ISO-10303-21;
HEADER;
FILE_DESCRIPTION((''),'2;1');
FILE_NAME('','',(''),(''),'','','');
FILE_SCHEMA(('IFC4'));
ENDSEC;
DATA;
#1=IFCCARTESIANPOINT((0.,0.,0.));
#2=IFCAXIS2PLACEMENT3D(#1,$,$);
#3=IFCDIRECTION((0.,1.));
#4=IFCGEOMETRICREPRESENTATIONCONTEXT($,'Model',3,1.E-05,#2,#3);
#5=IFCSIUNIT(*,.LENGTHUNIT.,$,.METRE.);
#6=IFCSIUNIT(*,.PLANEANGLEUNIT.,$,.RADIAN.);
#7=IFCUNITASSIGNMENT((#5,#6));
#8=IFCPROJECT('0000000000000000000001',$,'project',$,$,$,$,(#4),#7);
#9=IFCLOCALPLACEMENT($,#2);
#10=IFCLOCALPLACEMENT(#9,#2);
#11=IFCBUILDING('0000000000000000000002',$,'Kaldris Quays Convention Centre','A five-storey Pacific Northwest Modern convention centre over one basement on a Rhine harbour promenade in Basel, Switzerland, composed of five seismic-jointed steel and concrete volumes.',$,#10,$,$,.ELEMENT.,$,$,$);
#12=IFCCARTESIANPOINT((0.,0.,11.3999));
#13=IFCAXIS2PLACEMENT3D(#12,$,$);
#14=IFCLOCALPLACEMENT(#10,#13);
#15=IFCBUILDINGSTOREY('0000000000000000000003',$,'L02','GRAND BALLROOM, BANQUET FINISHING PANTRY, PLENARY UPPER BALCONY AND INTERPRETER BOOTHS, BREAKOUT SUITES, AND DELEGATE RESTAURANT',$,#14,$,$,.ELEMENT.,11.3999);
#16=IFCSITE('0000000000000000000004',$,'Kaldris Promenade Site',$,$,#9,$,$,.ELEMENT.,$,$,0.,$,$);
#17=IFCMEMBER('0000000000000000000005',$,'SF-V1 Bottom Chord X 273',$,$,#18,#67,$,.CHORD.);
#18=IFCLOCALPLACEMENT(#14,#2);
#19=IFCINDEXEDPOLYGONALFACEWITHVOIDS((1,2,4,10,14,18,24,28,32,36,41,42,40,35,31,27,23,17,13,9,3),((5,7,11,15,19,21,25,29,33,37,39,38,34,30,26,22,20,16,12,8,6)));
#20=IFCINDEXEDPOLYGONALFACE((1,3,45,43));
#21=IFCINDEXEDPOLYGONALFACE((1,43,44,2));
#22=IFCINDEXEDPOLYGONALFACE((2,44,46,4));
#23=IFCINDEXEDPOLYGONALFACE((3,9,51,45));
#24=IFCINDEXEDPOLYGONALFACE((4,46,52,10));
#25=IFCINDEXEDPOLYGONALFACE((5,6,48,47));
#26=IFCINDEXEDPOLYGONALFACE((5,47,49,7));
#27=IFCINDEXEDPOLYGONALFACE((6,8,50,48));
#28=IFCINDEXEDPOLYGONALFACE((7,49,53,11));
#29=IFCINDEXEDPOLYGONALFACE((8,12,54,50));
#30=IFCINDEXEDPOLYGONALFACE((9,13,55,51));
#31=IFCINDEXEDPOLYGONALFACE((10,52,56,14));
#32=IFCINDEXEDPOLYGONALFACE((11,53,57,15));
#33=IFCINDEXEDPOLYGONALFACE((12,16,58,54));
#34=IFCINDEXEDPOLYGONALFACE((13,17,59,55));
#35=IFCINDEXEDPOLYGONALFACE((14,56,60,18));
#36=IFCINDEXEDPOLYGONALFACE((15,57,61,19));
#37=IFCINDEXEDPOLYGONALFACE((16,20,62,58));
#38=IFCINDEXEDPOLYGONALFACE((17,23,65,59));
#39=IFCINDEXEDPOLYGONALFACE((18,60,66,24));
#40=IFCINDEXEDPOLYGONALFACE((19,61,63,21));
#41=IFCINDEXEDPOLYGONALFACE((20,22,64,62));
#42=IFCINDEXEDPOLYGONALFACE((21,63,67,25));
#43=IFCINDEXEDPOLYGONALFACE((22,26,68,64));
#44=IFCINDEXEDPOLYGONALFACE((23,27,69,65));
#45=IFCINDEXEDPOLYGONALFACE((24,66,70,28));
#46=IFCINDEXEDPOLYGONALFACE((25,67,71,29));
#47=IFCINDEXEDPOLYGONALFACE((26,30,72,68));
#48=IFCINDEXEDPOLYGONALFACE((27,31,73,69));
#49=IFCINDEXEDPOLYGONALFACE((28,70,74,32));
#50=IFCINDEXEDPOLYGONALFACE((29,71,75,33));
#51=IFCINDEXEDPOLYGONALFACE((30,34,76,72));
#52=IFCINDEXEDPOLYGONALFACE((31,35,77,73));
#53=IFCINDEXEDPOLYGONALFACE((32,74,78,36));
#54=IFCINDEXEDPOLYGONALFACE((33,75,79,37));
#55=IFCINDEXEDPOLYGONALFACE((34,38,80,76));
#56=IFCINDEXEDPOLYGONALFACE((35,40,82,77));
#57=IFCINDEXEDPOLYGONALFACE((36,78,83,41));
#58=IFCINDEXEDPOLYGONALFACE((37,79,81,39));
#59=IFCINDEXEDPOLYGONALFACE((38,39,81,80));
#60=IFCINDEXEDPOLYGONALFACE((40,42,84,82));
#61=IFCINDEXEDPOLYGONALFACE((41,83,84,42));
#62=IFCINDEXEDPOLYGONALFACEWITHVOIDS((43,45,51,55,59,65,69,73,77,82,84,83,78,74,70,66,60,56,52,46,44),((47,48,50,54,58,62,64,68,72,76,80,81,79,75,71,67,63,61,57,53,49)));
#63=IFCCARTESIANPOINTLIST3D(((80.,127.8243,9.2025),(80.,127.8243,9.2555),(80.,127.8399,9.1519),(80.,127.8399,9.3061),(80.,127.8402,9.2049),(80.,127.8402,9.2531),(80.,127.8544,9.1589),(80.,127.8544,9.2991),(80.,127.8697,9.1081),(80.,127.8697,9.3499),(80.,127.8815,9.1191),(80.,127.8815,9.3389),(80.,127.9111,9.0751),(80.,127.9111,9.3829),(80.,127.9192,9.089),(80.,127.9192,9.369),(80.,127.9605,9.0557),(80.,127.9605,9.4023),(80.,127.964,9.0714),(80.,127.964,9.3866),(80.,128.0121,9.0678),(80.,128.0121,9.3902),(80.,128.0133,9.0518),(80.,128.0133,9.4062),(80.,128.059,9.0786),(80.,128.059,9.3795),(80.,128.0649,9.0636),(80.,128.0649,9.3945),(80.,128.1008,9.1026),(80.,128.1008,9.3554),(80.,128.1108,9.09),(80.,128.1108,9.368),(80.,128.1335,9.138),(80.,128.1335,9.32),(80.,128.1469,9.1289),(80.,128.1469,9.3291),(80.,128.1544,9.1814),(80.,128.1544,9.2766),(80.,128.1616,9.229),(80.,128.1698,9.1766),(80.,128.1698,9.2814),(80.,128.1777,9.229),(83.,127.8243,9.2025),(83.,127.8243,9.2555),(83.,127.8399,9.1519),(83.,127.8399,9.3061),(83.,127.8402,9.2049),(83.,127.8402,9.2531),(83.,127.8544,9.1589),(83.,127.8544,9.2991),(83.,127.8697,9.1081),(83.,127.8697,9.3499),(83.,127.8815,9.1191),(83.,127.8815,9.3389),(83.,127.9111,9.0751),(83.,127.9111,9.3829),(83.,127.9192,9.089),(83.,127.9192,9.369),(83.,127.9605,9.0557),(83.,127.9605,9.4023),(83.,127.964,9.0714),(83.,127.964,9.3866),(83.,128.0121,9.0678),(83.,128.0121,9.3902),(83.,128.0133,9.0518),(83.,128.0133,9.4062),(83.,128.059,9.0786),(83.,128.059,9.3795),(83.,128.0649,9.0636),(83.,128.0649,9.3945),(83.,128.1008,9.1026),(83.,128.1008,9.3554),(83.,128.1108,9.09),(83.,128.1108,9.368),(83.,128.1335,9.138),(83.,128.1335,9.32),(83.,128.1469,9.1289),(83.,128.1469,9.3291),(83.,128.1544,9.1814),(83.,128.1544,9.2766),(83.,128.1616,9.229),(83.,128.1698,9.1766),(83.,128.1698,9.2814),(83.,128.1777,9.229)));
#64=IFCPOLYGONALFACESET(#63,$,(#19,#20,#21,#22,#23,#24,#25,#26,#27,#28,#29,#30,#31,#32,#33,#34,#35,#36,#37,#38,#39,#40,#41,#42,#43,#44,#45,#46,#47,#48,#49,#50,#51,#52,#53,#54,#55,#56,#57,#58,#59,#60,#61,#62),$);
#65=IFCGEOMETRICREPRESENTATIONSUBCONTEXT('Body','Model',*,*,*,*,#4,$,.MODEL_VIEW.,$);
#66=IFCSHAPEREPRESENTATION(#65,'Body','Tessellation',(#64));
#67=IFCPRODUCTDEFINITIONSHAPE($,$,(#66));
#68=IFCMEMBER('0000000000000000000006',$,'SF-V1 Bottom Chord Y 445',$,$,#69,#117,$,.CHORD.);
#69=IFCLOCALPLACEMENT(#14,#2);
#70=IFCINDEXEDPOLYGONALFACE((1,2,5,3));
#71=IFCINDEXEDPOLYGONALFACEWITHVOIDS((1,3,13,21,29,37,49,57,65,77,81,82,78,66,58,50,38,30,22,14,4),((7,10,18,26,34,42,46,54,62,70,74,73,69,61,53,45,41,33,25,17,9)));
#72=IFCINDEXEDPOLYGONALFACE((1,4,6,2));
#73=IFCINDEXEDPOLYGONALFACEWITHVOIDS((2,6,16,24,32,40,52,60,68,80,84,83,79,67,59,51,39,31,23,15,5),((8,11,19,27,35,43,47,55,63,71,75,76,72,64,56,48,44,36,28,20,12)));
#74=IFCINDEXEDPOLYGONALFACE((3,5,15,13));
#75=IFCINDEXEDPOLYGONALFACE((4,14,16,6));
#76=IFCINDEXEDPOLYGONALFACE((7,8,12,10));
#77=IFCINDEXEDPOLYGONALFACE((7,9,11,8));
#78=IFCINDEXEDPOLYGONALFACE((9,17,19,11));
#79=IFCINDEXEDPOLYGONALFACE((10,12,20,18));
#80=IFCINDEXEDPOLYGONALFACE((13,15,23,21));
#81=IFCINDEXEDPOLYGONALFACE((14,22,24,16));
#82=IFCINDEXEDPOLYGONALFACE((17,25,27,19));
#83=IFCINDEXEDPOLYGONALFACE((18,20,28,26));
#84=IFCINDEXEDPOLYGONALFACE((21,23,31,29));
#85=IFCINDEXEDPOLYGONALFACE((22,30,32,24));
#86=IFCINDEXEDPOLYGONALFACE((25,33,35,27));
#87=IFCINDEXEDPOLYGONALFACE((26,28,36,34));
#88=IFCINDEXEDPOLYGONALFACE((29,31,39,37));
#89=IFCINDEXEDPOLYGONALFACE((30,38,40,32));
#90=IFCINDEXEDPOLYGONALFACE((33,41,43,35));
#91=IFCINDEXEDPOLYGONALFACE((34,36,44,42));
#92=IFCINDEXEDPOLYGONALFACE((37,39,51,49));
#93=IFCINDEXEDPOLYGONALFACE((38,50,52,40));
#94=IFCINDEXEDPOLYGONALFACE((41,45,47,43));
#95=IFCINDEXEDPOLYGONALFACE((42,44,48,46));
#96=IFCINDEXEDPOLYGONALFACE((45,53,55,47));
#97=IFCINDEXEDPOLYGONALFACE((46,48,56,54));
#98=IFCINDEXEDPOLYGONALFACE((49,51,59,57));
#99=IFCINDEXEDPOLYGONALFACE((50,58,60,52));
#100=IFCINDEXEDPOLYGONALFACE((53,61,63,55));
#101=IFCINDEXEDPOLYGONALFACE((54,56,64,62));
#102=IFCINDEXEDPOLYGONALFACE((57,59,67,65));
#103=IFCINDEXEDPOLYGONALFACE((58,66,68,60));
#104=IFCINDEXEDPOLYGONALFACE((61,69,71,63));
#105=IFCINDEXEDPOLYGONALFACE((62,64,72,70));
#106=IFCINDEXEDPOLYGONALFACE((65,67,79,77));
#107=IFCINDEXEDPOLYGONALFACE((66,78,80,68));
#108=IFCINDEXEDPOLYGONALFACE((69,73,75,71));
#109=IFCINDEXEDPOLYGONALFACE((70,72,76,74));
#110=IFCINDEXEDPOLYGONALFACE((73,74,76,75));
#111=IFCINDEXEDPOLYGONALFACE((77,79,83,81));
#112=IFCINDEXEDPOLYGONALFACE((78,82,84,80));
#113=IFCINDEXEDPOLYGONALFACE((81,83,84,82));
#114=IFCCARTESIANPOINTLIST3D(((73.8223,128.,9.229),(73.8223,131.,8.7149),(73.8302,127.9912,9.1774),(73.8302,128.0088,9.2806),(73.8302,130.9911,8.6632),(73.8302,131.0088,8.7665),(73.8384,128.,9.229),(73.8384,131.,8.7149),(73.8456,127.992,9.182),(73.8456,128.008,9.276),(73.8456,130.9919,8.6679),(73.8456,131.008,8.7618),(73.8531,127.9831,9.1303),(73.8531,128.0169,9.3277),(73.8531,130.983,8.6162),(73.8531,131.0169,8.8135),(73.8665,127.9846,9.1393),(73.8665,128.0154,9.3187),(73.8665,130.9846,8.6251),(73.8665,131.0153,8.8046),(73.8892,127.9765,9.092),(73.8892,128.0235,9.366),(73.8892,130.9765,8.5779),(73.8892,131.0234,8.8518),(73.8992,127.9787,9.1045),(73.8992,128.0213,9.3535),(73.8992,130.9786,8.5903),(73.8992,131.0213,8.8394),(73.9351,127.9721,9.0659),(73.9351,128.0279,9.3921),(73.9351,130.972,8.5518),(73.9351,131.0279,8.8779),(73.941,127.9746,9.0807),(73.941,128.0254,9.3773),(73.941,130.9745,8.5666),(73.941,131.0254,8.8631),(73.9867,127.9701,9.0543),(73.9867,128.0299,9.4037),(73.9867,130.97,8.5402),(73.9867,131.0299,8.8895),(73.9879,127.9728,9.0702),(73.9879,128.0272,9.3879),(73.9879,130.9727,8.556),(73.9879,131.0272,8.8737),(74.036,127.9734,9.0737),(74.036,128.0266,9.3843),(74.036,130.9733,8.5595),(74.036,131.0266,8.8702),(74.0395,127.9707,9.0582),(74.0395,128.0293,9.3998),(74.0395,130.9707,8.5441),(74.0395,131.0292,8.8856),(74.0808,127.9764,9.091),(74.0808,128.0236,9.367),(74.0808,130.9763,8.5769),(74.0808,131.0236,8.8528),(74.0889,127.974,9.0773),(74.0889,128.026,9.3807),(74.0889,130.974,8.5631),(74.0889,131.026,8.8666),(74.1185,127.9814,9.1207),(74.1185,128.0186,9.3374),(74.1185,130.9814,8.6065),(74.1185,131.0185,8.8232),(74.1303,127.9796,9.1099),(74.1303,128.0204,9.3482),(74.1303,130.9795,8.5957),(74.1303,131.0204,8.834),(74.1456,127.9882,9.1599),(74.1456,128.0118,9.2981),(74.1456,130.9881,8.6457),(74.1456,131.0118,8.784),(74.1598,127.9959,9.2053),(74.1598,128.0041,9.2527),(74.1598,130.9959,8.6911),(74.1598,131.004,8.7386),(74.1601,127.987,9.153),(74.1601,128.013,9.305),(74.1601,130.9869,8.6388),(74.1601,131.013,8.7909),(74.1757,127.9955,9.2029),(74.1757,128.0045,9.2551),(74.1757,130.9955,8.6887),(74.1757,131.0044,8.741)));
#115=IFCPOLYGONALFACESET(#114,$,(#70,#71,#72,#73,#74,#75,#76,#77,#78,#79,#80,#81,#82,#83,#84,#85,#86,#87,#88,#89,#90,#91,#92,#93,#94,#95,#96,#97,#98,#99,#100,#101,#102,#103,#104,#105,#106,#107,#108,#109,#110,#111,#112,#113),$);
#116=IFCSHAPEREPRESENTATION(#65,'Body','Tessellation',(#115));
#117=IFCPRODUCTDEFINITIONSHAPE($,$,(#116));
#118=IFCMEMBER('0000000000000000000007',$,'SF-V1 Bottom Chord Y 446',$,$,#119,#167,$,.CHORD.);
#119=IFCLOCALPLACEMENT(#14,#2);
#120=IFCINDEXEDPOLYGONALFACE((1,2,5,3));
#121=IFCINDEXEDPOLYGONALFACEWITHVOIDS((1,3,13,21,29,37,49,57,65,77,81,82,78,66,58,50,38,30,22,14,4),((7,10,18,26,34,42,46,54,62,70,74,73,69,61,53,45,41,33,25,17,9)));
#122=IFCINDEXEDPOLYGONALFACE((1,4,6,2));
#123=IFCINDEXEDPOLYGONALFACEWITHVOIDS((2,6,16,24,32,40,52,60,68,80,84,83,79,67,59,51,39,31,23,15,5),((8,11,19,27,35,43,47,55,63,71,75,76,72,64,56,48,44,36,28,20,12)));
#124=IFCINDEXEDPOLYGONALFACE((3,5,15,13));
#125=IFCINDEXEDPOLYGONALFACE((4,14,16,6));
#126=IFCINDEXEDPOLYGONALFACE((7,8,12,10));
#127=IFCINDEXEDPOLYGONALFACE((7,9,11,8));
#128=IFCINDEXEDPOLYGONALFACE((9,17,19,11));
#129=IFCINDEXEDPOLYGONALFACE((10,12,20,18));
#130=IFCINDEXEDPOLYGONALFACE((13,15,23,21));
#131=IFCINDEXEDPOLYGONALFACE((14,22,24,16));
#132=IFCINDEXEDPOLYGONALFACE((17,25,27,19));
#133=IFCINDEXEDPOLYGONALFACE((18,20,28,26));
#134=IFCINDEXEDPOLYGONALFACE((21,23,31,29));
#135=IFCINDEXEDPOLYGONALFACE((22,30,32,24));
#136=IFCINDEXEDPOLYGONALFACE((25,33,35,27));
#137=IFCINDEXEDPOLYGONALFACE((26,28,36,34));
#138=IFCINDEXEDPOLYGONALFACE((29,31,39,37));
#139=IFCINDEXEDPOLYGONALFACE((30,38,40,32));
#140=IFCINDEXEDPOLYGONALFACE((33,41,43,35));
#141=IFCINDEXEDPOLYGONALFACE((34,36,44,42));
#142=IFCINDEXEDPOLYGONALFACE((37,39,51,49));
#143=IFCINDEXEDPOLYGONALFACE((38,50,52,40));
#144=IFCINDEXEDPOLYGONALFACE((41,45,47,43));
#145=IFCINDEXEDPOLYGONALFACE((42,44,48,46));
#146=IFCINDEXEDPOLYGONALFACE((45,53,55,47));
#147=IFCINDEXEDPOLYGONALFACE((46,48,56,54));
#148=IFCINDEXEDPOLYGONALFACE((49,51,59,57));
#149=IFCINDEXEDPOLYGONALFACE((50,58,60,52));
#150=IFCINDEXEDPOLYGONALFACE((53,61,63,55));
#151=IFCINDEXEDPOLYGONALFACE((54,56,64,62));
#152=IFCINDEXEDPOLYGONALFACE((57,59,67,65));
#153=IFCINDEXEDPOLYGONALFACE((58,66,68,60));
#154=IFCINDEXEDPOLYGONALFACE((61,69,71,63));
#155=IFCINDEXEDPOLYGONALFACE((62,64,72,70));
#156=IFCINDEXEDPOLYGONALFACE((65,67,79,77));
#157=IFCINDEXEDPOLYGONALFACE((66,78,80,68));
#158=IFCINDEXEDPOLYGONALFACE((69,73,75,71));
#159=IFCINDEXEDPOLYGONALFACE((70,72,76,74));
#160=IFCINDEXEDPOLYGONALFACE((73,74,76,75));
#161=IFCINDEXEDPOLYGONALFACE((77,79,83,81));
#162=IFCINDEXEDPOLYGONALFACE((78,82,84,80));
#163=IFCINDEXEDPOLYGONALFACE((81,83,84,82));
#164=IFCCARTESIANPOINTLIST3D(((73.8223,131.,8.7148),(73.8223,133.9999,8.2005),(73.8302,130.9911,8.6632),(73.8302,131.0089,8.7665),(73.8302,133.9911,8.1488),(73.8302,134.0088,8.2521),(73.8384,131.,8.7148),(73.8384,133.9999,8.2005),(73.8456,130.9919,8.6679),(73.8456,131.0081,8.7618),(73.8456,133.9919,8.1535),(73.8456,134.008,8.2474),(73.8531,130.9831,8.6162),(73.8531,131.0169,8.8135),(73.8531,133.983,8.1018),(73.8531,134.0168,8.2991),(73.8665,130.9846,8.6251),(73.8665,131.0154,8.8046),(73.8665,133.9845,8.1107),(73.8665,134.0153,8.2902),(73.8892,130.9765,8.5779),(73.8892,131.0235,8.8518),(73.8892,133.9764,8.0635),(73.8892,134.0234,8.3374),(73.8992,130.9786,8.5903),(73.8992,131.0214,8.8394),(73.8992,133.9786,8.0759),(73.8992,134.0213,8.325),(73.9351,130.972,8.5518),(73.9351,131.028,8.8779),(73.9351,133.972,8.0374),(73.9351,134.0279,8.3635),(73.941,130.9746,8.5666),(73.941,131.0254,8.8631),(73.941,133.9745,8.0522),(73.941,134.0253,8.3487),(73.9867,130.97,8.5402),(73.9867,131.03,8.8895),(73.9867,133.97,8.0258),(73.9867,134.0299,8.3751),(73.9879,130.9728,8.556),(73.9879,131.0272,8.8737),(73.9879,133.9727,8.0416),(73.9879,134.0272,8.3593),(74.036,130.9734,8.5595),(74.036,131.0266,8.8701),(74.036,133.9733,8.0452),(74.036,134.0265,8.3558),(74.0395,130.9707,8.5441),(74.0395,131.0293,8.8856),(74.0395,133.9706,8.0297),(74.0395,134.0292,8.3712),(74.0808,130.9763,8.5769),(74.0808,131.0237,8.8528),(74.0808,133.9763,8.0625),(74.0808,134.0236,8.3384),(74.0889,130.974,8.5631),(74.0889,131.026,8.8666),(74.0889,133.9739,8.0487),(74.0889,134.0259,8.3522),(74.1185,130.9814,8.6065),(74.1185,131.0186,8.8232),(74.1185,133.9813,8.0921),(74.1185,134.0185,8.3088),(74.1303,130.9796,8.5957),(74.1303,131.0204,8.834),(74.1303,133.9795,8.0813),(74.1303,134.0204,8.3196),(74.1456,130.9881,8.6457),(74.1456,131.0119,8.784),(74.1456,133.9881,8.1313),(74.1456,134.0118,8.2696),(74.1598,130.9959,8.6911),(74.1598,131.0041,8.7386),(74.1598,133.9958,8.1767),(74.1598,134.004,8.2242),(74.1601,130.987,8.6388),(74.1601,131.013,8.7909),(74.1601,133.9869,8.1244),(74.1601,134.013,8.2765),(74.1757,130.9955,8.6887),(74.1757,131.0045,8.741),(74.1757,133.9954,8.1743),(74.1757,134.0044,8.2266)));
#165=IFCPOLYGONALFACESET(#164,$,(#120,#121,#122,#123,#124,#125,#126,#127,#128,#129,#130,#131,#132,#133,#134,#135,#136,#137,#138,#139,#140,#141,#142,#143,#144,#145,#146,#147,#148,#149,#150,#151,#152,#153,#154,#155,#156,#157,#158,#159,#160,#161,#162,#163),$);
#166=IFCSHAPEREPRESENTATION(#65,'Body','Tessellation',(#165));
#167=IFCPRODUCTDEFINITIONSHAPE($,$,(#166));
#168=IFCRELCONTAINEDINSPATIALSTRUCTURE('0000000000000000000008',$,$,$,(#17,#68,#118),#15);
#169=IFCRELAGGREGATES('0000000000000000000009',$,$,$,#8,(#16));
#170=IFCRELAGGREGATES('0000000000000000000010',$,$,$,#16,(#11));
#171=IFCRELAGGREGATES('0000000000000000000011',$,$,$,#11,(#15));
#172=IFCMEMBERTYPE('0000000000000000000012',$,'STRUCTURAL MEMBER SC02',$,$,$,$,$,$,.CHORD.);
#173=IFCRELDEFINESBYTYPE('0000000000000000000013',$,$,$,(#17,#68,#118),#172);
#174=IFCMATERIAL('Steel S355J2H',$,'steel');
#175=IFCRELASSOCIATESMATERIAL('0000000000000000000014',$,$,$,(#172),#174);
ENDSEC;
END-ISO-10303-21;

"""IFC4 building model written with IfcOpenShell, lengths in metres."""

from ifc_helpers import new_model, si_unit, direction, frame, origin, origin_2d, place, context, subcontext, project, spatial, hollow_circle, extrude, material, material_profile, profile_set, type_object, element, save


model = new_model("IFC4")

# Units and contexts
model_context = context("Model", 3, precision=1e-05, world=origin(), true_north=direction((0.0, 1.0)))
body_context = subcontext(model_context, "Body", "Model", "MODEL_VIEW")
ifc_project = project(units=[si_unit("LENGTHUNIT", "METRE"), si_unit("PLANEANGLEUNIT", "RADIAN")], contexts=[model_context])

# Site, building, storey
site_placement = place(None, origin())
site = spatial("IfcSite", under=ifc_project, at=site_placement, Name="Kaldris Promenade Site", CompositionType="ELEMENT", RefElevation=0.0)
building_placement = place(site_placement, origin())
building = spatial("IfcBuilding", under=site, at=building_placement, Name="Kaldris Quays Convention Centre", Description="A five-storey Pacific Northwest Modern convention centre over one basement on a Rhine harbour promenade in Basel, Switzerland, composed of five seismic-jointed steel and concrete volumes.", CompositionType="ELEMENT")
storey_placement = place(building_placement, frame((0.0, 0.0, 11.3999)))
storey = spatial("IfcBuildingStorey", under=building, at=storey_placement, Name="L02", Description="GRAND BALLROOM, BANQUET FINISHING PANTRY, PLENARY UPPER BALCONY AND INTERPRETER BOOTHS, BREAKOUT SUITES, AND DELEGATE RESTAURANT", CompositionType="ELEMENT", Elevation=11.3999)

# Members
ifc_material_1 = material(Name="Steel S355J2H", Category="steel")
ifc_material_profile_1 = material_profile(ifc_material_1, hollow_circle(Radius=0.1777, WallThickness=0.0161, at=origin_2d()), Name="CHS 355.6x16")
ifc_profile_set_1 = profile_set([ifc_material_profile_1], Name="Steel S355J2H")
member_type_1 = type_object("IfcMemberType", Name="STRUCTURAL MEMBER SC02", PredefinedType="CHORD", material=ifc_profile_set_1)
for number, where, z_axis, x_axis, name in (
    (1, (80.0, 128.0, 9.229), (1.0, 0.0, 0.0), (0.0, 1.0, 0.0), "SF-V1 Bottom Chord X 273"),
):
    element("IfcMember", number, at=place(storey_placement, frame(where, z_axis=z_axis, x_axis=x_axis)), inside=storey, type_object=member_type_1, Name=name, PredefinedType="CHORD", context=body_context, shape_type="SweptSolid", body=[
        extrude(hollow_circle(Radius=0.1777, WallThickness=0.0161, at=origin_2d()), origin(), (0.0, 0.0, 1.0), 3.0),
    ])
for number, where, z_axis, x_axis, name in (
    (2, (74.0, 128.0, 9.229), (0.0, 0.985629, -0.168924), (-1.0, 0.0, 0.0), "SF-V1 Bottom Chord Y 445"),
    (3, (74.0, 131.0, 8.7148), (0.0, 0.985616, -0.169002), (-1.0, 0.0, 0.0), "SF-V1 Bottom Chord Y 446"),
):
    element("IfcMember", number, at=place(storey_placement, frame(where, z_axis=z_axis, x_axis=x_axis)), inside=storey, type_object=member_type_1, Name=name, PredefinedType="CHORD", context=body_context, shape_type="SweptSolid", body=[
        extrude(hollow_circle(Radius=0.1777, WallThickness=0.0161, at=origin_2d()), origin(), (0.0, 0.0, 1.0), 3.0437),
    ])

save(model, "model.ifc")
